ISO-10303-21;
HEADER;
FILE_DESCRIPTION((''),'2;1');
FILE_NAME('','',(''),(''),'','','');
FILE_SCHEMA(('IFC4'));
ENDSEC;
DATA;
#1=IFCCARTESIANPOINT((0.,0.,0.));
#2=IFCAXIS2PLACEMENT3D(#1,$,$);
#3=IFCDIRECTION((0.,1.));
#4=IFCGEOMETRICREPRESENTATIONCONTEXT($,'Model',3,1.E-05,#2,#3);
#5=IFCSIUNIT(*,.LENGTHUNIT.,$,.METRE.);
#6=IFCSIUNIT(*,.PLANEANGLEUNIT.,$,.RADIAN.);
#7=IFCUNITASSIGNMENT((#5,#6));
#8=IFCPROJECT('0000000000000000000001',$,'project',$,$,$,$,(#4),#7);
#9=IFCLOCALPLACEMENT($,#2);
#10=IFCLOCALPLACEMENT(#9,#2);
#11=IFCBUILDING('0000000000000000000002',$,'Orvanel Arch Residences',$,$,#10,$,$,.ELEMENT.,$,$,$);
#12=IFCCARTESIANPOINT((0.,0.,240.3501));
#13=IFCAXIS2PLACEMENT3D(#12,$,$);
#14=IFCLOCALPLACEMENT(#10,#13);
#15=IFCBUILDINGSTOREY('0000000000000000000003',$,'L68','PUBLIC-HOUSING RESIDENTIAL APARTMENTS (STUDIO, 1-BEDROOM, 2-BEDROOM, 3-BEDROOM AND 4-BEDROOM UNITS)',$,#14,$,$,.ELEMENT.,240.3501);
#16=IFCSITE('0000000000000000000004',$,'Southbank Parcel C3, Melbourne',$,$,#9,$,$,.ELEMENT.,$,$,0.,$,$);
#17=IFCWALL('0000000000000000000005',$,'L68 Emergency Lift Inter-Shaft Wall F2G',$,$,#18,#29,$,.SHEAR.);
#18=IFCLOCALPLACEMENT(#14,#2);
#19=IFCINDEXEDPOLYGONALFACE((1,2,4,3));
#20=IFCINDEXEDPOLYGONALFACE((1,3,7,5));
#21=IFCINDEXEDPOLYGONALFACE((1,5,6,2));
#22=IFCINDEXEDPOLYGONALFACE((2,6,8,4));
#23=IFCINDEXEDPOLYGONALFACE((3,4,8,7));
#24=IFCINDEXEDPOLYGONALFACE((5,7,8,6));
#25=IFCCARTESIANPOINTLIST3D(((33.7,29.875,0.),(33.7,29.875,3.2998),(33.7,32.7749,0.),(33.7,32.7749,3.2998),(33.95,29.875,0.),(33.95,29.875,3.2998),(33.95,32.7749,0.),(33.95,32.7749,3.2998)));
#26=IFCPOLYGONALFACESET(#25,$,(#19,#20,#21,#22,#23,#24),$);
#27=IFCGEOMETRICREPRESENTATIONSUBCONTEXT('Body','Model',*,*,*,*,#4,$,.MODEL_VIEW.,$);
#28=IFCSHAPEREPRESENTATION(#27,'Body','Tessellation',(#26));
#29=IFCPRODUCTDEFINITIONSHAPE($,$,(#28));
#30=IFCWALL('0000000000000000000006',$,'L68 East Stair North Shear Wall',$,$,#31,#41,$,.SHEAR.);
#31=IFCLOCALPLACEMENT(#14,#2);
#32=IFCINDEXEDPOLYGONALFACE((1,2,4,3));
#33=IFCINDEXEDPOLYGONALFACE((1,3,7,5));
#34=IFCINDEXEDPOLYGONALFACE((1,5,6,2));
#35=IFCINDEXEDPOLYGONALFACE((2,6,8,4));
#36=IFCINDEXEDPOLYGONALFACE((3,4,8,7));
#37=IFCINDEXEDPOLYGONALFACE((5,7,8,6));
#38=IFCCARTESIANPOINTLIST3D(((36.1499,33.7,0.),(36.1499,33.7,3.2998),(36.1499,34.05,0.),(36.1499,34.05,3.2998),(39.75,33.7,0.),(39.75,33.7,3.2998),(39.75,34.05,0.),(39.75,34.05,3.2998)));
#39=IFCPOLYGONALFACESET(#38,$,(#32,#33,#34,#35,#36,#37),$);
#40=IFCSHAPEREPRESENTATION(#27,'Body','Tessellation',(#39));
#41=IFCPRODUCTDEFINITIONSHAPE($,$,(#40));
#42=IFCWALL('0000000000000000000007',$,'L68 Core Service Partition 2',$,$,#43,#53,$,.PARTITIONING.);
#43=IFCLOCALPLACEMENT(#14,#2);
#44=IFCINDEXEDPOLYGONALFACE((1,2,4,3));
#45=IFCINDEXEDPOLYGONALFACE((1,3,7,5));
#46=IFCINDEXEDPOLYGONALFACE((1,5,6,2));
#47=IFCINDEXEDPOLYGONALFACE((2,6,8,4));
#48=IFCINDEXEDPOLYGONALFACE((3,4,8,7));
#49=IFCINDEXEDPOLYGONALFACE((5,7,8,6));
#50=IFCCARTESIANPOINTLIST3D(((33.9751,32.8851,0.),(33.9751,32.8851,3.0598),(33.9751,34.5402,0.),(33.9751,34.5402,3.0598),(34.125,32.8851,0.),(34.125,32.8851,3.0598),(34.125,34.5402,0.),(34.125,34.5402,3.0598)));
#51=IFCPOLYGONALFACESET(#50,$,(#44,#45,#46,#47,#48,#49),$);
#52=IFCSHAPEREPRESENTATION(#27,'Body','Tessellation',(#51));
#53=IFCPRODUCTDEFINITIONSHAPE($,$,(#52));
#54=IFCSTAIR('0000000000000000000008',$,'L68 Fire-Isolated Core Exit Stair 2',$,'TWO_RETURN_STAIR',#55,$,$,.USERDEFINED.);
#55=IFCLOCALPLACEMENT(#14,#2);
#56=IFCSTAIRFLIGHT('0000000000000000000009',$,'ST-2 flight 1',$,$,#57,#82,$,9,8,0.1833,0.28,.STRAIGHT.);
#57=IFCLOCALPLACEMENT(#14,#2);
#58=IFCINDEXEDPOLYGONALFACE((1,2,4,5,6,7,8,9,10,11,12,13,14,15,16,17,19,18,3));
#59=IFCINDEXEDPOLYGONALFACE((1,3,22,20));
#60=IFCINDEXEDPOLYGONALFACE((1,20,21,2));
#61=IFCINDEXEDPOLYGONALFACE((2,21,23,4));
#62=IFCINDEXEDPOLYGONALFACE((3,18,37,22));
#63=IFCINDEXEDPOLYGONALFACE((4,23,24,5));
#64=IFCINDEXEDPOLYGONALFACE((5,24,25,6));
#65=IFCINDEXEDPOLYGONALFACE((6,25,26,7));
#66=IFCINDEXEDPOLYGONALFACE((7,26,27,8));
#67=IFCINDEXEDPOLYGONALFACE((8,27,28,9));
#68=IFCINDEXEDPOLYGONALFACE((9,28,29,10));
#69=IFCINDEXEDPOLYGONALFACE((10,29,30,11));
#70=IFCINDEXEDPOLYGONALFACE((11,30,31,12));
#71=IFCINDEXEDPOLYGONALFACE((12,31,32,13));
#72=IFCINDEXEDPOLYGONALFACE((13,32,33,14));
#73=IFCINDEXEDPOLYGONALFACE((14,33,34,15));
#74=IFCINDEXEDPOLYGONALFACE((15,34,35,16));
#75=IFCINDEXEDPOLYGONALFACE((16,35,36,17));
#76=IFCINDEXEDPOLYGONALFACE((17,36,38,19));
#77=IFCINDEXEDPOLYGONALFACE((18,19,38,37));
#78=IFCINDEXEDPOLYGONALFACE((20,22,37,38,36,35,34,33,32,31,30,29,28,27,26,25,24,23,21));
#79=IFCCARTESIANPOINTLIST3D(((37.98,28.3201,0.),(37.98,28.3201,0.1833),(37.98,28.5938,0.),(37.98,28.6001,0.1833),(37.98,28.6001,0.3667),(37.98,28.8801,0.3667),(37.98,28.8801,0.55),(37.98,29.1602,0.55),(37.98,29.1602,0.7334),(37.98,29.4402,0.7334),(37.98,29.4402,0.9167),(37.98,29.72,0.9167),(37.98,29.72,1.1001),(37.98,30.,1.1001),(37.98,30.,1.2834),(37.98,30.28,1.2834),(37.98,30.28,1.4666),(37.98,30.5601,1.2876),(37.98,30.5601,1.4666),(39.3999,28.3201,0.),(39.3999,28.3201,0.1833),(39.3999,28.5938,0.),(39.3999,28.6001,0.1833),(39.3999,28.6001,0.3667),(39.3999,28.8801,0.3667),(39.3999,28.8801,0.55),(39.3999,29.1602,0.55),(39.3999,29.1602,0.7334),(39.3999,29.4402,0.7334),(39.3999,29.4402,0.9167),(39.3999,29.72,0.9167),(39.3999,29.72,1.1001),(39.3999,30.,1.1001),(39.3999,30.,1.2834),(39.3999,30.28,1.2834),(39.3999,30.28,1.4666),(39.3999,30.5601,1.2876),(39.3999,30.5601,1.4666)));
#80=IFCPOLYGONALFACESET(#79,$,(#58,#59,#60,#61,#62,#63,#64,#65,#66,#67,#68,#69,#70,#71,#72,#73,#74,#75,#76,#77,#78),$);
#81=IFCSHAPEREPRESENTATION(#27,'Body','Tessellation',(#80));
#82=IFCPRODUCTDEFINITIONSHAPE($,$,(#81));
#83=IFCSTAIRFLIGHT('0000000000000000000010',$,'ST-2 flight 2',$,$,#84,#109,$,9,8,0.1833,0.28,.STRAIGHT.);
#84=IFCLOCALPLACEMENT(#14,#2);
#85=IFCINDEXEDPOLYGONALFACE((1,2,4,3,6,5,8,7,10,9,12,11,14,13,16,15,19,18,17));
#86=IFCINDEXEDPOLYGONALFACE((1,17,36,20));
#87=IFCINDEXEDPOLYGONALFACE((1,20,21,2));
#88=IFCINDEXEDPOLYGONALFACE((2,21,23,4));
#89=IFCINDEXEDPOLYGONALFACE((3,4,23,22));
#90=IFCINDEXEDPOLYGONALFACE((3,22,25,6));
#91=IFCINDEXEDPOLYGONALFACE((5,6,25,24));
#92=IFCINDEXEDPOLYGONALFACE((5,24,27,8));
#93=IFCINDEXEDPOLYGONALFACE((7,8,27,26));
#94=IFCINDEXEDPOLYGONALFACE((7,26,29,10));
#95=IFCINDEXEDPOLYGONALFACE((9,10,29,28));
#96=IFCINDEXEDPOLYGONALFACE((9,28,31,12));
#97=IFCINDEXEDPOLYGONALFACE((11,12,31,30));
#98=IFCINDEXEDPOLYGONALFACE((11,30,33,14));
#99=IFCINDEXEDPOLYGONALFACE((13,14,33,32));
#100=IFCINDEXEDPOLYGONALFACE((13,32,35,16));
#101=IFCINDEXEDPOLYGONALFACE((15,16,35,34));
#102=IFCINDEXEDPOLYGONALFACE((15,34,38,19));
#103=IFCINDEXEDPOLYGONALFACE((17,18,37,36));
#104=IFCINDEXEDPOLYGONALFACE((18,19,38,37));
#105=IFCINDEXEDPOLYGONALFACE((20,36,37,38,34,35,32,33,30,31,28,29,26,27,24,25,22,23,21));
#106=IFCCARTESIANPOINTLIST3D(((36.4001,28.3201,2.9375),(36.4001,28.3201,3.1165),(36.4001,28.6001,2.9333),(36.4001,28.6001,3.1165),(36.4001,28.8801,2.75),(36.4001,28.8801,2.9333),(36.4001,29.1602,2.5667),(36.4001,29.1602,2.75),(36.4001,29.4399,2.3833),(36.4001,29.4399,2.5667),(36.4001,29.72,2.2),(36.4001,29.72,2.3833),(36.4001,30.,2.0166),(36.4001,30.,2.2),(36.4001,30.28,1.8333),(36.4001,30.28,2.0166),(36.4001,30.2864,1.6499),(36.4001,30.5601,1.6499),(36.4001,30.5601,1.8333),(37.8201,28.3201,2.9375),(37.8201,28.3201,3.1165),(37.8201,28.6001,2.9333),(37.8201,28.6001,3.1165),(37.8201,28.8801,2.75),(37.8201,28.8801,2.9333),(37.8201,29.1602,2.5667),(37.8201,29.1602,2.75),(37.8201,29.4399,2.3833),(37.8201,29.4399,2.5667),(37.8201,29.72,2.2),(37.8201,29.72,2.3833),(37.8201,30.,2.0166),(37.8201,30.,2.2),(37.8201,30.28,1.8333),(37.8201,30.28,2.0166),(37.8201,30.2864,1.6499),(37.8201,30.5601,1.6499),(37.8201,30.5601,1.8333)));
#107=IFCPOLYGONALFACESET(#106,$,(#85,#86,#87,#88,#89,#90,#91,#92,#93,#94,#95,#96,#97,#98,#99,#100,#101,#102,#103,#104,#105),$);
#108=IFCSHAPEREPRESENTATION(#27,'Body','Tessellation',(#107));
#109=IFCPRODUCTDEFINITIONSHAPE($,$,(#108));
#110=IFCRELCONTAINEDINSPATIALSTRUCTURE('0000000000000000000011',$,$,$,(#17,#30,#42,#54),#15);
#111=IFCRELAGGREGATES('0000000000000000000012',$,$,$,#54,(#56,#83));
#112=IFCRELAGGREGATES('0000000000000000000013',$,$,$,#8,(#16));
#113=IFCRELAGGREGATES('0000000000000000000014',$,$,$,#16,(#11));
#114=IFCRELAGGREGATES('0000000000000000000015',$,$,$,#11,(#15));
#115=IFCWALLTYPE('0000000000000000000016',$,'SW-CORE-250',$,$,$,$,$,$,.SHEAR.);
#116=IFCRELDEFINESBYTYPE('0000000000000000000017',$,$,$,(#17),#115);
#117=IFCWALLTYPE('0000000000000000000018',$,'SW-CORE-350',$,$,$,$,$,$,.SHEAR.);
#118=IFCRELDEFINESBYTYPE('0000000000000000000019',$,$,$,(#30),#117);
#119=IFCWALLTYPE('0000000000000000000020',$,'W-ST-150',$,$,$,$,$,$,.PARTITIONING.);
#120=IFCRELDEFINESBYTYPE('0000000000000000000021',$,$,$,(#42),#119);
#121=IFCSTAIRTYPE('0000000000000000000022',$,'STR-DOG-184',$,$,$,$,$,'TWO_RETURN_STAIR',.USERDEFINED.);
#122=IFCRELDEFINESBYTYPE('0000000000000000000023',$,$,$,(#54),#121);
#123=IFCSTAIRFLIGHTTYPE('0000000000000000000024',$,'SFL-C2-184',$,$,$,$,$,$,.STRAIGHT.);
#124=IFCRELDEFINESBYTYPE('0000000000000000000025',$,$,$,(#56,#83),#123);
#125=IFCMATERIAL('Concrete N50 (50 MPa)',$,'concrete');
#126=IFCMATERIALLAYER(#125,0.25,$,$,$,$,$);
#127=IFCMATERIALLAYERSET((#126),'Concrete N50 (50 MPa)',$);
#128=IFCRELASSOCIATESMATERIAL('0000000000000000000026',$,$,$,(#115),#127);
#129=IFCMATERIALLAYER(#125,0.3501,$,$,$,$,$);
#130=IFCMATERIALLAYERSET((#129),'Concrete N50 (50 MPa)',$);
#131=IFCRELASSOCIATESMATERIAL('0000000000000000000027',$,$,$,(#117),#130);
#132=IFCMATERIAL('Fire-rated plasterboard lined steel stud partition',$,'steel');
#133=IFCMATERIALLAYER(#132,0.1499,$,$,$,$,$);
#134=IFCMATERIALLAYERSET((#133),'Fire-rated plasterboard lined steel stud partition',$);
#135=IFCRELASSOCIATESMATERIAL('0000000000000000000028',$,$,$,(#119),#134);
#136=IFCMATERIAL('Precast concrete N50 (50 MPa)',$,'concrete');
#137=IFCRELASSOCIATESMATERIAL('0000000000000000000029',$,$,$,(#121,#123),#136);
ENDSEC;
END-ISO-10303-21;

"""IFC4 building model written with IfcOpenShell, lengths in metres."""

from ifc_helpers import new_model, si_unit, direction, frame, frame_2d, origin, place, context, subcontext, project, spatial, polyline, rectangle, outline, extrude, material, layer, layer_set, type_object, element, aggregate, save


model = new_model("IFC4")

# Units and contexts
model_context = context("Model", 3, precision=1e-05, world=origin(), true_north=direction((0.0, 1.0)))
body_context = subcontext(model_context, "Body", "Model", "MODEL_VIEW")
ifc_project = project(units=[si_unit("LENGTHUNIT", "METRE"), si_unit("PLANEANGLEUNIT", "RADIAN")], contexts=[model_context])

# Site, building, storey
site_placement = place(None, origin())
site = spatial("IfcSite", under=ifc_project, at=site_placement, Name="Southbank Parcel C3, Melbourne", CompositionType="ELEMENT", RefElevation=0.0)
building_placement = place(site_placement, origin())
building = spatial("IfcBuilding", under=site, at=building_placement, Name="Orvanel Arch Residences", CompositionType="ELEMENT")
storey_placement = place(building_placement, frame((0.0, 0.0, 240.3501)))
storey = spatial("IfcBuildingStorey", under=building, at=storey_placement, Name="L68", Description="PUBLIC-HOUSING RESIDENTIAL APARTMENTS (STUDIO, 1-BEDROOM, 2-BEDROOM, 3-BEDROOM AND 4-BEDROOM UNITS)", CompositionType="ELEMENT", Elevation=240.3501)

# Shared definitions
ifc_material_1 = material(Name="Concrete N50 (50 MPa)", Category="concrete")
ifc_layer_1 = layer(ifc_material_1, 0.25)
ifc_layer_set_1 = layer_set([ifc_layer_1], Name="Concrete N50 (50 MPa)")
wall_type_1 = type_object("IfcWallType", Name="SW-CORE-250", PredefinedType="SHEAR", material=ifc_layer_set_1)

# Walls
wall_1_placement = place(storey_placement, frame((33.825, 29.875, 0.0), z_axis=(0.0, 0.0, 1.0), x_axis=(0.0, 1.0, 0.0)))
element("IfcWall", 1, at=wall_1_placement, inside=storey, type_object=wall_type_1, Name="L68 Emergency Lift Inter-Shaft Wall F2G", PredefinedType="SHEAR", context=body_context, shape_type="SweptSolid", body=[
    extrude(rectangle(XDim=2.8999, YDim=0.25, at=frame_2d((1.45, 0.0))), origin(), (0.0, 0.0, 1.0), 3.2998),
])
ifc_layer_2 = layer(ifc_material_1, 0.3501)
ifc_layer_set_2 = layer_set([ifc_layer_2], Name="Concrete N50 (50 MPa)")
wall_type_2 = type_object("IfcWallType", Name="SW-CORE-350", PredefinedType="SHEAR", material=ifc_layer_set_2)
wall_2_placement = place(storey_placement, frame((36.1499, 33.875, 0.0), z_axis=(0.0, 0.0, 1.0), x_axis=(1.0, 0.0, 0.0)))
element("IfcWall", 2, at=wall_2_placement, inside=storey, type_object=wall_type_2, Name="L68 East Stair North Shear Wall", PredefinedType="SHEAR", context=body_context, shape_type="SweptSolid", body=[
    extrude(rectangle(XDim=3.6001, YDim=0.3501, at=frame_2d((1.8, 0.0))), origin(), (0.0, 0.0, 1.0), 3.2998),
])
ifc_material_2 = material(Name="Fire-rated plasterboard lined steel stud partition", Category="steel")
ifc_layer_3 = layer(ifc_material_2, 0.1499)
ifc_layer_set_3 = layer_set([ifc_layer_3], Name="Fire-rated plasterboard lined steel stud partition")
wall_type_3 = type_object("IfcWallType", Name="W-ST-150", PredefinedType="PARTITIONING", material=ifc_layer_set_3)
wall_3_placement = place(storey_placement, frame((34.05, 32.885, 0.0), z_axis=(0.0, 0.0, 1.0), x_axis=(0.0, 1.0, 0.0)))
element("IfcWall", 3, at=wall_3_placement, inside=storey, type_object=wall_type_3, Name="L68 Core Service Partition 2", PredefinedType="PARTITIONING", context=body_context, shape_type="SweptSolid", body=[
    extrude(rectangle(XDim=1.655, YDim=0.1499, at=frame_2d((0.8276, 0.0))), origin(), (0.0, 0.0, 1.0), 3.0598),
])

# Stair, stair flights
ifc_material_3 = material(Name="Precast concrete N50 (50 MPa)", Category="concrete")
stair_type = type_object("IfcStairType", Name="STR-DOG-184", ElementType="TWO_RETURN_STAIR", PredefinedType="USERDEFINED", material=ifc_material_3)
stair_placement = place(storey_placement, origin())
stair = element("IfcStair", 4, at=stair_placement, inside=storey, type_object=stair_type, Name="L68 Fire-Isolated Core Exit Stair 2", ObjectType="TWO_RETURN_STAIR", PredefinedType="USERDEFINED")
stair_flight_type = type_object("IfcStairFlightType", Name="SFL-C2-184", PredefinedType="STRAIGHT", material=ifc_material_3)
stair_flight_1_placement = place(storey_placement, frame((38.6899, 28.3201, 0.0), z_axis=(0.0, 0.0, 1.0), x_axis=(0.0, 1.0, 0.0)))
stair_flight_1 = element("IfcStairFlight", 5, at=stair_flight_1_placement, type_object=stair_flight_type, Name="ST-2 flight 1", NumberOfRisers=9, NumberOfTreads=8, PredefinedType="STRAIGHT", RiserHeight=0.1833, TreadLength=0.28, context=body_context, shape_type="SweptSolid", body=[
    extrude(outline(polyline([(0.0, 0.0), (0.0, 0.1833), (0.28, 0.1833), (0.28, 0.3667), (0.5601, 0.3667), (0.5601, 0.55), (0.8401, 0.55), (0.8401, 0.7334), (1.1201, 0.7334), (1.1201, 0.9167), (1.3999, 0.9167), (1.3999, 1.1001), (1.6799, 1.1001), (1.6799, 1.2834), (1.96, 1.2834), (1.96, 1.4666), (2.24, 1.4666), (2.24, 1.6499), (2.24, 1.2876), (0.2737, 0.0), (0.0, 0.0)])), frame((0.0, 0.71, 0.0), z_axis=(0.0, -1.0, 0.0), x_axis=(1.0, 0.0, 0.0)), (0.0, 0.0, 1.0), 1.4199),
])
stair_flight_2_placement = place(storey_placement, frame((37.1101, 30.5601, 1.6499), z_axis=(0.0, 0.0, 1.0), x_axis=(0.0, -1.0, 0.0)))
stair_flight_2 = element("IfcStairFlight", 6, at=stair_flight_2_placement, type_object=stair_flight_type, Name="ST-2 flight 2", NumberOfRisers=9, NumberOfTreads=8, PredefinedType="STRAIGHT", RiserHeight=0.1833, TreadLength=0.28, context=body_context, shape_type="SweptSolid", body=[
    extrude(outline(polyline([(0.0, 0.0), (0.0, 0.1833), (0.28, 0.1833), (0.28, 0.3667), (0.5601, 0.3667), (0.5601, 0.55), (0.8401, 0.55), (0.8401, 0.7334), (1.1201, 0.7334), (1.1201, 0.9167), (1.3999, 0.9167), (1.3999, 1.1001), (1.6799, 1.1001), (1.6799, 1.2834), (1.96, 1.2834), (1.96, 1.4666), (2.24, 1.4666), (2.24, 1.6499), (2.24, 1.2876), (0.2737, 0.0), (0.0, 0.0)])), frame((0.0, 0.71, 0.0), z_axis=(0.0, -1.0, 0.0), x_axis=(1.0, 0.0, 0.0)), (0.0, 0.0, 1.0), 1.4199),
])
aggregate(stair, [stair_flight_1, stair_flight_2])

save(model, "model.ifc")
